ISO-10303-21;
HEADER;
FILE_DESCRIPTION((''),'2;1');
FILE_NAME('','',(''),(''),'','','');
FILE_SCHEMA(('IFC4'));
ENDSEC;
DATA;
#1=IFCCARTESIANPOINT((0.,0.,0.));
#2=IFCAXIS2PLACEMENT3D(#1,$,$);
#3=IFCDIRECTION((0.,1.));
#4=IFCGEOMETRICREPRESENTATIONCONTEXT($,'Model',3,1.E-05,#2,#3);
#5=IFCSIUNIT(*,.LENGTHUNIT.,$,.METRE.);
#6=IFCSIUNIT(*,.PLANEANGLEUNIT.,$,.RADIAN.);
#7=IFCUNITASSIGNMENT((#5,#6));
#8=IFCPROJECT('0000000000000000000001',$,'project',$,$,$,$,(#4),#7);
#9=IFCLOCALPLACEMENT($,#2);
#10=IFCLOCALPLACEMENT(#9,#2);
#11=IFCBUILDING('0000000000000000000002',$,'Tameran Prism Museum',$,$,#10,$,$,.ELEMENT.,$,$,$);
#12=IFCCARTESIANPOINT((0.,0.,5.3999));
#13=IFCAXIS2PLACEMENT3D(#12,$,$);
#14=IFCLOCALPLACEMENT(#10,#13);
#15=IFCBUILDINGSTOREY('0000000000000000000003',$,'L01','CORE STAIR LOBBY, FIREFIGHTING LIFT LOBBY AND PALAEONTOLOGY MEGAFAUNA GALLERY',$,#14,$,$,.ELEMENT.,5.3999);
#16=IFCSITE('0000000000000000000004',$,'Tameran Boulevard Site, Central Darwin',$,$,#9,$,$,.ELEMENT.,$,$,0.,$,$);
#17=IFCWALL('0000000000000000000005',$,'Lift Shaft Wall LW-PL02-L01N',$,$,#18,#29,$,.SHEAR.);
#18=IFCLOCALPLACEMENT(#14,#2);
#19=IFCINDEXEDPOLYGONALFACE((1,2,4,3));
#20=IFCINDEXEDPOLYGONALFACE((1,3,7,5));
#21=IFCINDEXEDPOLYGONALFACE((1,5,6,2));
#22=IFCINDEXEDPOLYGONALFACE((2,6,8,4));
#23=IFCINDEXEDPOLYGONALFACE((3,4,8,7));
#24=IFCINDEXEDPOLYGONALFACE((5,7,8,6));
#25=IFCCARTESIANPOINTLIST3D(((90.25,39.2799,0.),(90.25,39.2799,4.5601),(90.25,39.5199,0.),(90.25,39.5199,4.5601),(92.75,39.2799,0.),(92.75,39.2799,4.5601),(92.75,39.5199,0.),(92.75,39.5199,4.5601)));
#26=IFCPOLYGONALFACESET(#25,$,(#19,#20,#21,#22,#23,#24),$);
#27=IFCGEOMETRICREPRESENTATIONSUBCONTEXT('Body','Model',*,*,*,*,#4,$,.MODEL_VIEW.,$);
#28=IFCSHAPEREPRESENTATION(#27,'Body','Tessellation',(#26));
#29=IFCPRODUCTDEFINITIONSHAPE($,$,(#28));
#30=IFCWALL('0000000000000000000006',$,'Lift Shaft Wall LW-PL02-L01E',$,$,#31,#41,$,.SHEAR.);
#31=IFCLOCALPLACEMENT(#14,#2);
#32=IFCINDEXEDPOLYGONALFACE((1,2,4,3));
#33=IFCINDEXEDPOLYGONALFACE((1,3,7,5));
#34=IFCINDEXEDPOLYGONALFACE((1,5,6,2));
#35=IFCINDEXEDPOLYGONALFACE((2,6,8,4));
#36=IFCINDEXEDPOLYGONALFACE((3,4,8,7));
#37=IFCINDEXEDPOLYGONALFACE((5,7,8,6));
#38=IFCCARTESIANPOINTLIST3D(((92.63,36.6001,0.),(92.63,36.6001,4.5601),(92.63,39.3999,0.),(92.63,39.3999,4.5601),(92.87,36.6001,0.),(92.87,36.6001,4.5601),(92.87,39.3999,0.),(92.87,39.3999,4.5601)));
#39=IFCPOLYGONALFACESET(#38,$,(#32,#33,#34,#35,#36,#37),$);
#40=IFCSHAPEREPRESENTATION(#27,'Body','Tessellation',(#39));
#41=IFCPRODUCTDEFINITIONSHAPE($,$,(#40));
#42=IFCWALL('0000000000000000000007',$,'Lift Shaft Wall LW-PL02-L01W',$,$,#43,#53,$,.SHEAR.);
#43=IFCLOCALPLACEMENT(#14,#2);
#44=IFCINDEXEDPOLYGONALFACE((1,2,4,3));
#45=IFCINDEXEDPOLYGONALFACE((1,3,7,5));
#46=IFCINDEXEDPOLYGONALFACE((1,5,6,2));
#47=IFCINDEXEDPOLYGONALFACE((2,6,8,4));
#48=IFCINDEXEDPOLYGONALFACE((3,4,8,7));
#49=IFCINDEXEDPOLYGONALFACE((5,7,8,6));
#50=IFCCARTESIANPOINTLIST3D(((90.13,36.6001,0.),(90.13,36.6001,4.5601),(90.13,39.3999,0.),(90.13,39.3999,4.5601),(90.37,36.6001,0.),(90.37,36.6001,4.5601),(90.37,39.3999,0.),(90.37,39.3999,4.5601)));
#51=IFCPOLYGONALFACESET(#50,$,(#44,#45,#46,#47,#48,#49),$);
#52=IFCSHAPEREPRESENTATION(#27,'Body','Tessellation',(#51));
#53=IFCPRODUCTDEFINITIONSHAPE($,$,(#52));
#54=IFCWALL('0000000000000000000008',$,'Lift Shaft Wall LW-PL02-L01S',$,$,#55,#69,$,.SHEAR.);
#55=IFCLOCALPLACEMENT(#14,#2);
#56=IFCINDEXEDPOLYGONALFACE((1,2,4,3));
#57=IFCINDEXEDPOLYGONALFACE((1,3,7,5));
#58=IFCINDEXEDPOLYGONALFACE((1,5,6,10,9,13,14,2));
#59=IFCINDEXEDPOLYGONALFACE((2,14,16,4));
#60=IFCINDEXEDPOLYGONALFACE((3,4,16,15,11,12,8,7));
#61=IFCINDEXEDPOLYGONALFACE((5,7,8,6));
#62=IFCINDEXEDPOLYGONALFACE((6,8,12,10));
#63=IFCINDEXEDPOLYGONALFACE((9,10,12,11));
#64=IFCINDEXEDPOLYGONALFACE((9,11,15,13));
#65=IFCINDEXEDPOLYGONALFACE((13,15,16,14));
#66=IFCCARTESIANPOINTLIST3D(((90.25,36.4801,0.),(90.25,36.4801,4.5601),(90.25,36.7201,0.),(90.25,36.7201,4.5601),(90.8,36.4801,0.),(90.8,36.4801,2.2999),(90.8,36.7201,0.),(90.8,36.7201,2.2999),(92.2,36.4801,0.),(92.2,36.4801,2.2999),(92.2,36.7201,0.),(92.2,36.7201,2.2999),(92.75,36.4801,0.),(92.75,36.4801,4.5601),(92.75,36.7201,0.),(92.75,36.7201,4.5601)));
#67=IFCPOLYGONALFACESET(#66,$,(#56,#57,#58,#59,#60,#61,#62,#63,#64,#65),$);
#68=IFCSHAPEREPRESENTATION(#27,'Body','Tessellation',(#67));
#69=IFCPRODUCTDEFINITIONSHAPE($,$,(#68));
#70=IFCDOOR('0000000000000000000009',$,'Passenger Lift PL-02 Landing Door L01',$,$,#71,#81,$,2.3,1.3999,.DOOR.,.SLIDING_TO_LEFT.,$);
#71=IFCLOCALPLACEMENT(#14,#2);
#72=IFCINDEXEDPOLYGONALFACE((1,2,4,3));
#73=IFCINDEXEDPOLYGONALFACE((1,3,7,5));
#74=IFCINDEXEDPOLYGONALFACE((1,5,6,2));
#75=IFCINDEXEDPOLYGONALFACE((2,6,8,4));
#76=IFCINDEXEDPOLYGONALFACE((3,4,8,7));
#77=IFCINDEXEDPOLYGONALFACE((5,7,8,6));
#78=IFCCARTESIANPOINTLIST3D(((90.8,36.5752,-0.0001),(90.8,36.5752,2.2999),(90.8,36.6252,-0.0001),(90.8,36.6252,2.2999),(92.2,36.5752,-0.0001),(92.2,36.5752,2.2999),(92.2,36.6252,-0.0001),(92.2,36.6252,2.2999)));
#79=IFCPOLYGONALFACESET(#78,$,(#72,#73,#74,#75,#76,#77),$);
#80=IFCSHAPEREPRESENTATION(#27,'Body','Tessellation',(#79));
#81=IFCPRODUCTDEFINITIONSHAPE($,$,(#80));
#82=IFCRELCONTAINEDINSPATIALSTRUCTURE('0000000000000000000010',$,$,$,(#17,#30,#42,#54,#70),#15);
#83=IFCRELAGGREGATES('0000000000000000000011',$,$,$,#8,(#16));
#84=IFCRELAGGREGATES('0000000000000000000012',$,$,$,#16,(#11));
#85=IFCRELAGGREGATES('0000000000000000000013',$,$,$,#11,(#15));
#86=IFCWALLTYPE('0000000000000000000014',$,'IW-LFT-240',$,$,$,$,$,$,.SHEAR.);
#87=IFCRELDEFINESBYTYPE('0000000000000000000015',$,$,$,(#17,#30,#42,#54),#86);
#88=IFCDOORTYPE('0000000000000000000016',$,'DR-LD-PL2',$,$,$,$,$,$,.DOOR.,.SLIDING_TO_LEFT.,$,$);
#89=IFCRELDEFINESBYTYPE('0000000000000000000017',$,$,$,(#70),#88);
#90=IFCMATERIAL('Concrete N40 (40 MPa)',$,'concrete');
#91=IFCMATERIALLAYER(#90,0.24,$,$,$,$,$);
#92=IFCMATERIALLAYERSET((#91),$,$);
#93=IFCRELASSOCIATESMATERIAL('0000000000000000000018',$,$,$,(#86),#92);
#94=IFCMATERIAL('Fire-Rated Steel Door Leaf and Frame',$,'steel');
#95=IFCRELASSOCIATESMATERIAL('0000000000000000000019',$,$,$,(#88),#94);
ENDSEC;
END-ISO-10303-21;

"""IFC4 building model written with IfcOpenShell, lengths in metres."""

from ifc_helpers import new_model, si_unit, direction, frame, frame_2d, origin, place, context, subcontext, project, spatial, rectangle, extrude, material, layer, layer_set, type_object, element, fill, save


model = new_model("IFC4")

# Units and contexts
model_context = context("Model", 3, precision=1e-05, world=origin(), true_north=direction((0.0, 1.0)))
body_context = subcontext(model_context, "Body", "Model", "MODEL_VIEW")
ifc_project = project(units=[si_unit("LENGTHUNIT", "METRE"), si_unit("PLANEANGLEUNIT", "RADIAN")], contexts=[model_context])

# Site, building, storey
site_placement = place(None, origin())
site = spatial("IfcSite", under=ifc_project, at=site_placement, Name="Tameran Boulevard Site, Central Darwin", CompositionType="ELEMENT", RefElevation=0.0)
building_placement = place(site_placement, origin())
building = spatial("IfcBuilding", under=site, at=building_placement, Name="Tameran Prism Museum", CompositionType="ELEMENT")
storey_placement = place(building_placement, frame((0.0, 0.0, 5.3999)))
storey = spatial("IfcBuildingStorey", under=building, at=storey_placement, Name="L01", Description="CORE STAIR LOBBY, FIREFIGHTING LIFT LOBBY AND PALAEONTOLOGY MEGAFAUNA GALLERY", CompositionType="ELEMENT", Elevation=5.3999)

# Walls
ifc_material_1 = material(Name="Concrete N40 (40 MPa)", Category="concrete")
ifc_layer_1 = layer(ifc_material_1, 0.24)
ifc_layer_set_1 = layer_set([ifc_layer_1])
wall_type_1 = type_object("IfcWallType", Name="IW-LFT-240", PredefinedType="SHEAR", material=ifc_layer_set_1)
wall_1_placement = place(storey_placement, frame((90.25, 39.3999, 0.0), z_axis=(0.0, 0.0, 1.0), x_axis=(1.0, 0.0, 0.0)))
element("IfcWall", 1, at=wall_1_placement, inside=storey, type_object=wall_type_1, Name="Lift Shaft Wall LW-PL02-L01N", PredefinedType="SHEAR", context=body_context, shape_type="SweptSolid", body=[
    extrude(rectangle(XDim=2.5, YDim=0.24, at=frame_2d((1.25, 0.0))), origin(), (0.0, 0.0, 1.0), 4.5601),
])
for number, where, z_axis, x_axis, name in (
    (2, (92.75, 39.3999, 0.0), (0.0, 0.0, 1.0), (0.0, -1.0, 0.0), "Lift Shaft Wall LW-PL02-L01E"),
    (3, (90.25, 36.6001, 0.0), (0.0, 0.0, 1.0), (0.0, 1.0, 0.0), "Lift Shaft Wall LW-PL02-L01W"),
):
    element("IfcWall", number, at=place(storey_placement, frame(where, z_axis=z_axis, x_axis=x_axis)), inside=storey, type_object=wall_type_1, Name=name, PredefinedType="SHEAR", context=body_context, shape_type="SweptSolid", body=[
        extrude(rectangle(XDim=2.7998, YDim=0.24, at=frame_2d((1.3999, 0.0))), origin(), (0.0, 0.0, 1.0), 4.5601),
    ])

# Wall, opening, door
wall_2_placement = place(storey_placement, frame((92.75, 36.6001, 0.0), z_axis=(0.0, 0.0, 1.0), x_axis=(-1.0, 0.0, 0.0)))
wall_2 = element("IfcWall", 4, at=wall_2_placement, inside=storey, type_object=wall_type_1, Name="Lift Shaft Wall LW-PL02-L01S", PredefinedType="SHEAR", context=body_context, shape_type="SweptSolid", body=[
    extrude(rectangle(XDim=2.5, YDim=0.24, at=frame_2d((1.25, 0.0))), origin(), (0.0, 0.0, 1.0), 4.5601),
])
opening_1_placement = place(wall_2_placement, frame((0.55, 0.0, 0.0)))
opening_1 = element("IfcOpeningElement", 5, at=opening_1_placement, cuts=wall_2, PredefinedType="OPENING", context=body_context, shape_type="SweptSolid", body=[
    extrude(rectangle(XDim=1.3999, YDim=2.3, at=frame_2d((0.7, 1.1499))), frame((0.0, 0.1299, 0.0), z_axis=(0.0, -1.0, 0.0), x_axis=(1.0, 0.0, 0.0)), (0.0, 0.0, 1.0), 0.26),
])
ifc_material_2 = material(Name="Fire-Rated Steel Door Leaf and Frame", Category="steel")
door_type_1 = type_object("IfcDoorType", Name="DR-LD-PL2", OperationType="SLIDING_TO_LEFT", PredefinedType="DOOR", material=ifc_material_2)
door_1_placement = place(opening_1_placement, origin())
door_1 = element("IfcDoor", 6, at=door_1_placement, inside=storey, type_object=door_type_1, Name="Passenger Lift PL-02 Landing Door L01", OperationType="SLIDING_TO_LEFT", OverallHeight=2.3, OverallWidth=1.3999, PredefinedType="DOOR", context=body_context, shape_type="SweptSolid", body=[
    extrude(rectangle(XDim=1.3999, YDim=2.3, at=frame_2d((0.7, 1.1499))), frame((0.0, 0.0249, 0.0), z_axis=(0.0, -1.0, 0.0), x_axis=(1.0, 0.0, 0.0)), (0.0, 0.0, 1.0), 0.05),
])
fill(opening_1, door_1)

save(model, "model.ifc")
